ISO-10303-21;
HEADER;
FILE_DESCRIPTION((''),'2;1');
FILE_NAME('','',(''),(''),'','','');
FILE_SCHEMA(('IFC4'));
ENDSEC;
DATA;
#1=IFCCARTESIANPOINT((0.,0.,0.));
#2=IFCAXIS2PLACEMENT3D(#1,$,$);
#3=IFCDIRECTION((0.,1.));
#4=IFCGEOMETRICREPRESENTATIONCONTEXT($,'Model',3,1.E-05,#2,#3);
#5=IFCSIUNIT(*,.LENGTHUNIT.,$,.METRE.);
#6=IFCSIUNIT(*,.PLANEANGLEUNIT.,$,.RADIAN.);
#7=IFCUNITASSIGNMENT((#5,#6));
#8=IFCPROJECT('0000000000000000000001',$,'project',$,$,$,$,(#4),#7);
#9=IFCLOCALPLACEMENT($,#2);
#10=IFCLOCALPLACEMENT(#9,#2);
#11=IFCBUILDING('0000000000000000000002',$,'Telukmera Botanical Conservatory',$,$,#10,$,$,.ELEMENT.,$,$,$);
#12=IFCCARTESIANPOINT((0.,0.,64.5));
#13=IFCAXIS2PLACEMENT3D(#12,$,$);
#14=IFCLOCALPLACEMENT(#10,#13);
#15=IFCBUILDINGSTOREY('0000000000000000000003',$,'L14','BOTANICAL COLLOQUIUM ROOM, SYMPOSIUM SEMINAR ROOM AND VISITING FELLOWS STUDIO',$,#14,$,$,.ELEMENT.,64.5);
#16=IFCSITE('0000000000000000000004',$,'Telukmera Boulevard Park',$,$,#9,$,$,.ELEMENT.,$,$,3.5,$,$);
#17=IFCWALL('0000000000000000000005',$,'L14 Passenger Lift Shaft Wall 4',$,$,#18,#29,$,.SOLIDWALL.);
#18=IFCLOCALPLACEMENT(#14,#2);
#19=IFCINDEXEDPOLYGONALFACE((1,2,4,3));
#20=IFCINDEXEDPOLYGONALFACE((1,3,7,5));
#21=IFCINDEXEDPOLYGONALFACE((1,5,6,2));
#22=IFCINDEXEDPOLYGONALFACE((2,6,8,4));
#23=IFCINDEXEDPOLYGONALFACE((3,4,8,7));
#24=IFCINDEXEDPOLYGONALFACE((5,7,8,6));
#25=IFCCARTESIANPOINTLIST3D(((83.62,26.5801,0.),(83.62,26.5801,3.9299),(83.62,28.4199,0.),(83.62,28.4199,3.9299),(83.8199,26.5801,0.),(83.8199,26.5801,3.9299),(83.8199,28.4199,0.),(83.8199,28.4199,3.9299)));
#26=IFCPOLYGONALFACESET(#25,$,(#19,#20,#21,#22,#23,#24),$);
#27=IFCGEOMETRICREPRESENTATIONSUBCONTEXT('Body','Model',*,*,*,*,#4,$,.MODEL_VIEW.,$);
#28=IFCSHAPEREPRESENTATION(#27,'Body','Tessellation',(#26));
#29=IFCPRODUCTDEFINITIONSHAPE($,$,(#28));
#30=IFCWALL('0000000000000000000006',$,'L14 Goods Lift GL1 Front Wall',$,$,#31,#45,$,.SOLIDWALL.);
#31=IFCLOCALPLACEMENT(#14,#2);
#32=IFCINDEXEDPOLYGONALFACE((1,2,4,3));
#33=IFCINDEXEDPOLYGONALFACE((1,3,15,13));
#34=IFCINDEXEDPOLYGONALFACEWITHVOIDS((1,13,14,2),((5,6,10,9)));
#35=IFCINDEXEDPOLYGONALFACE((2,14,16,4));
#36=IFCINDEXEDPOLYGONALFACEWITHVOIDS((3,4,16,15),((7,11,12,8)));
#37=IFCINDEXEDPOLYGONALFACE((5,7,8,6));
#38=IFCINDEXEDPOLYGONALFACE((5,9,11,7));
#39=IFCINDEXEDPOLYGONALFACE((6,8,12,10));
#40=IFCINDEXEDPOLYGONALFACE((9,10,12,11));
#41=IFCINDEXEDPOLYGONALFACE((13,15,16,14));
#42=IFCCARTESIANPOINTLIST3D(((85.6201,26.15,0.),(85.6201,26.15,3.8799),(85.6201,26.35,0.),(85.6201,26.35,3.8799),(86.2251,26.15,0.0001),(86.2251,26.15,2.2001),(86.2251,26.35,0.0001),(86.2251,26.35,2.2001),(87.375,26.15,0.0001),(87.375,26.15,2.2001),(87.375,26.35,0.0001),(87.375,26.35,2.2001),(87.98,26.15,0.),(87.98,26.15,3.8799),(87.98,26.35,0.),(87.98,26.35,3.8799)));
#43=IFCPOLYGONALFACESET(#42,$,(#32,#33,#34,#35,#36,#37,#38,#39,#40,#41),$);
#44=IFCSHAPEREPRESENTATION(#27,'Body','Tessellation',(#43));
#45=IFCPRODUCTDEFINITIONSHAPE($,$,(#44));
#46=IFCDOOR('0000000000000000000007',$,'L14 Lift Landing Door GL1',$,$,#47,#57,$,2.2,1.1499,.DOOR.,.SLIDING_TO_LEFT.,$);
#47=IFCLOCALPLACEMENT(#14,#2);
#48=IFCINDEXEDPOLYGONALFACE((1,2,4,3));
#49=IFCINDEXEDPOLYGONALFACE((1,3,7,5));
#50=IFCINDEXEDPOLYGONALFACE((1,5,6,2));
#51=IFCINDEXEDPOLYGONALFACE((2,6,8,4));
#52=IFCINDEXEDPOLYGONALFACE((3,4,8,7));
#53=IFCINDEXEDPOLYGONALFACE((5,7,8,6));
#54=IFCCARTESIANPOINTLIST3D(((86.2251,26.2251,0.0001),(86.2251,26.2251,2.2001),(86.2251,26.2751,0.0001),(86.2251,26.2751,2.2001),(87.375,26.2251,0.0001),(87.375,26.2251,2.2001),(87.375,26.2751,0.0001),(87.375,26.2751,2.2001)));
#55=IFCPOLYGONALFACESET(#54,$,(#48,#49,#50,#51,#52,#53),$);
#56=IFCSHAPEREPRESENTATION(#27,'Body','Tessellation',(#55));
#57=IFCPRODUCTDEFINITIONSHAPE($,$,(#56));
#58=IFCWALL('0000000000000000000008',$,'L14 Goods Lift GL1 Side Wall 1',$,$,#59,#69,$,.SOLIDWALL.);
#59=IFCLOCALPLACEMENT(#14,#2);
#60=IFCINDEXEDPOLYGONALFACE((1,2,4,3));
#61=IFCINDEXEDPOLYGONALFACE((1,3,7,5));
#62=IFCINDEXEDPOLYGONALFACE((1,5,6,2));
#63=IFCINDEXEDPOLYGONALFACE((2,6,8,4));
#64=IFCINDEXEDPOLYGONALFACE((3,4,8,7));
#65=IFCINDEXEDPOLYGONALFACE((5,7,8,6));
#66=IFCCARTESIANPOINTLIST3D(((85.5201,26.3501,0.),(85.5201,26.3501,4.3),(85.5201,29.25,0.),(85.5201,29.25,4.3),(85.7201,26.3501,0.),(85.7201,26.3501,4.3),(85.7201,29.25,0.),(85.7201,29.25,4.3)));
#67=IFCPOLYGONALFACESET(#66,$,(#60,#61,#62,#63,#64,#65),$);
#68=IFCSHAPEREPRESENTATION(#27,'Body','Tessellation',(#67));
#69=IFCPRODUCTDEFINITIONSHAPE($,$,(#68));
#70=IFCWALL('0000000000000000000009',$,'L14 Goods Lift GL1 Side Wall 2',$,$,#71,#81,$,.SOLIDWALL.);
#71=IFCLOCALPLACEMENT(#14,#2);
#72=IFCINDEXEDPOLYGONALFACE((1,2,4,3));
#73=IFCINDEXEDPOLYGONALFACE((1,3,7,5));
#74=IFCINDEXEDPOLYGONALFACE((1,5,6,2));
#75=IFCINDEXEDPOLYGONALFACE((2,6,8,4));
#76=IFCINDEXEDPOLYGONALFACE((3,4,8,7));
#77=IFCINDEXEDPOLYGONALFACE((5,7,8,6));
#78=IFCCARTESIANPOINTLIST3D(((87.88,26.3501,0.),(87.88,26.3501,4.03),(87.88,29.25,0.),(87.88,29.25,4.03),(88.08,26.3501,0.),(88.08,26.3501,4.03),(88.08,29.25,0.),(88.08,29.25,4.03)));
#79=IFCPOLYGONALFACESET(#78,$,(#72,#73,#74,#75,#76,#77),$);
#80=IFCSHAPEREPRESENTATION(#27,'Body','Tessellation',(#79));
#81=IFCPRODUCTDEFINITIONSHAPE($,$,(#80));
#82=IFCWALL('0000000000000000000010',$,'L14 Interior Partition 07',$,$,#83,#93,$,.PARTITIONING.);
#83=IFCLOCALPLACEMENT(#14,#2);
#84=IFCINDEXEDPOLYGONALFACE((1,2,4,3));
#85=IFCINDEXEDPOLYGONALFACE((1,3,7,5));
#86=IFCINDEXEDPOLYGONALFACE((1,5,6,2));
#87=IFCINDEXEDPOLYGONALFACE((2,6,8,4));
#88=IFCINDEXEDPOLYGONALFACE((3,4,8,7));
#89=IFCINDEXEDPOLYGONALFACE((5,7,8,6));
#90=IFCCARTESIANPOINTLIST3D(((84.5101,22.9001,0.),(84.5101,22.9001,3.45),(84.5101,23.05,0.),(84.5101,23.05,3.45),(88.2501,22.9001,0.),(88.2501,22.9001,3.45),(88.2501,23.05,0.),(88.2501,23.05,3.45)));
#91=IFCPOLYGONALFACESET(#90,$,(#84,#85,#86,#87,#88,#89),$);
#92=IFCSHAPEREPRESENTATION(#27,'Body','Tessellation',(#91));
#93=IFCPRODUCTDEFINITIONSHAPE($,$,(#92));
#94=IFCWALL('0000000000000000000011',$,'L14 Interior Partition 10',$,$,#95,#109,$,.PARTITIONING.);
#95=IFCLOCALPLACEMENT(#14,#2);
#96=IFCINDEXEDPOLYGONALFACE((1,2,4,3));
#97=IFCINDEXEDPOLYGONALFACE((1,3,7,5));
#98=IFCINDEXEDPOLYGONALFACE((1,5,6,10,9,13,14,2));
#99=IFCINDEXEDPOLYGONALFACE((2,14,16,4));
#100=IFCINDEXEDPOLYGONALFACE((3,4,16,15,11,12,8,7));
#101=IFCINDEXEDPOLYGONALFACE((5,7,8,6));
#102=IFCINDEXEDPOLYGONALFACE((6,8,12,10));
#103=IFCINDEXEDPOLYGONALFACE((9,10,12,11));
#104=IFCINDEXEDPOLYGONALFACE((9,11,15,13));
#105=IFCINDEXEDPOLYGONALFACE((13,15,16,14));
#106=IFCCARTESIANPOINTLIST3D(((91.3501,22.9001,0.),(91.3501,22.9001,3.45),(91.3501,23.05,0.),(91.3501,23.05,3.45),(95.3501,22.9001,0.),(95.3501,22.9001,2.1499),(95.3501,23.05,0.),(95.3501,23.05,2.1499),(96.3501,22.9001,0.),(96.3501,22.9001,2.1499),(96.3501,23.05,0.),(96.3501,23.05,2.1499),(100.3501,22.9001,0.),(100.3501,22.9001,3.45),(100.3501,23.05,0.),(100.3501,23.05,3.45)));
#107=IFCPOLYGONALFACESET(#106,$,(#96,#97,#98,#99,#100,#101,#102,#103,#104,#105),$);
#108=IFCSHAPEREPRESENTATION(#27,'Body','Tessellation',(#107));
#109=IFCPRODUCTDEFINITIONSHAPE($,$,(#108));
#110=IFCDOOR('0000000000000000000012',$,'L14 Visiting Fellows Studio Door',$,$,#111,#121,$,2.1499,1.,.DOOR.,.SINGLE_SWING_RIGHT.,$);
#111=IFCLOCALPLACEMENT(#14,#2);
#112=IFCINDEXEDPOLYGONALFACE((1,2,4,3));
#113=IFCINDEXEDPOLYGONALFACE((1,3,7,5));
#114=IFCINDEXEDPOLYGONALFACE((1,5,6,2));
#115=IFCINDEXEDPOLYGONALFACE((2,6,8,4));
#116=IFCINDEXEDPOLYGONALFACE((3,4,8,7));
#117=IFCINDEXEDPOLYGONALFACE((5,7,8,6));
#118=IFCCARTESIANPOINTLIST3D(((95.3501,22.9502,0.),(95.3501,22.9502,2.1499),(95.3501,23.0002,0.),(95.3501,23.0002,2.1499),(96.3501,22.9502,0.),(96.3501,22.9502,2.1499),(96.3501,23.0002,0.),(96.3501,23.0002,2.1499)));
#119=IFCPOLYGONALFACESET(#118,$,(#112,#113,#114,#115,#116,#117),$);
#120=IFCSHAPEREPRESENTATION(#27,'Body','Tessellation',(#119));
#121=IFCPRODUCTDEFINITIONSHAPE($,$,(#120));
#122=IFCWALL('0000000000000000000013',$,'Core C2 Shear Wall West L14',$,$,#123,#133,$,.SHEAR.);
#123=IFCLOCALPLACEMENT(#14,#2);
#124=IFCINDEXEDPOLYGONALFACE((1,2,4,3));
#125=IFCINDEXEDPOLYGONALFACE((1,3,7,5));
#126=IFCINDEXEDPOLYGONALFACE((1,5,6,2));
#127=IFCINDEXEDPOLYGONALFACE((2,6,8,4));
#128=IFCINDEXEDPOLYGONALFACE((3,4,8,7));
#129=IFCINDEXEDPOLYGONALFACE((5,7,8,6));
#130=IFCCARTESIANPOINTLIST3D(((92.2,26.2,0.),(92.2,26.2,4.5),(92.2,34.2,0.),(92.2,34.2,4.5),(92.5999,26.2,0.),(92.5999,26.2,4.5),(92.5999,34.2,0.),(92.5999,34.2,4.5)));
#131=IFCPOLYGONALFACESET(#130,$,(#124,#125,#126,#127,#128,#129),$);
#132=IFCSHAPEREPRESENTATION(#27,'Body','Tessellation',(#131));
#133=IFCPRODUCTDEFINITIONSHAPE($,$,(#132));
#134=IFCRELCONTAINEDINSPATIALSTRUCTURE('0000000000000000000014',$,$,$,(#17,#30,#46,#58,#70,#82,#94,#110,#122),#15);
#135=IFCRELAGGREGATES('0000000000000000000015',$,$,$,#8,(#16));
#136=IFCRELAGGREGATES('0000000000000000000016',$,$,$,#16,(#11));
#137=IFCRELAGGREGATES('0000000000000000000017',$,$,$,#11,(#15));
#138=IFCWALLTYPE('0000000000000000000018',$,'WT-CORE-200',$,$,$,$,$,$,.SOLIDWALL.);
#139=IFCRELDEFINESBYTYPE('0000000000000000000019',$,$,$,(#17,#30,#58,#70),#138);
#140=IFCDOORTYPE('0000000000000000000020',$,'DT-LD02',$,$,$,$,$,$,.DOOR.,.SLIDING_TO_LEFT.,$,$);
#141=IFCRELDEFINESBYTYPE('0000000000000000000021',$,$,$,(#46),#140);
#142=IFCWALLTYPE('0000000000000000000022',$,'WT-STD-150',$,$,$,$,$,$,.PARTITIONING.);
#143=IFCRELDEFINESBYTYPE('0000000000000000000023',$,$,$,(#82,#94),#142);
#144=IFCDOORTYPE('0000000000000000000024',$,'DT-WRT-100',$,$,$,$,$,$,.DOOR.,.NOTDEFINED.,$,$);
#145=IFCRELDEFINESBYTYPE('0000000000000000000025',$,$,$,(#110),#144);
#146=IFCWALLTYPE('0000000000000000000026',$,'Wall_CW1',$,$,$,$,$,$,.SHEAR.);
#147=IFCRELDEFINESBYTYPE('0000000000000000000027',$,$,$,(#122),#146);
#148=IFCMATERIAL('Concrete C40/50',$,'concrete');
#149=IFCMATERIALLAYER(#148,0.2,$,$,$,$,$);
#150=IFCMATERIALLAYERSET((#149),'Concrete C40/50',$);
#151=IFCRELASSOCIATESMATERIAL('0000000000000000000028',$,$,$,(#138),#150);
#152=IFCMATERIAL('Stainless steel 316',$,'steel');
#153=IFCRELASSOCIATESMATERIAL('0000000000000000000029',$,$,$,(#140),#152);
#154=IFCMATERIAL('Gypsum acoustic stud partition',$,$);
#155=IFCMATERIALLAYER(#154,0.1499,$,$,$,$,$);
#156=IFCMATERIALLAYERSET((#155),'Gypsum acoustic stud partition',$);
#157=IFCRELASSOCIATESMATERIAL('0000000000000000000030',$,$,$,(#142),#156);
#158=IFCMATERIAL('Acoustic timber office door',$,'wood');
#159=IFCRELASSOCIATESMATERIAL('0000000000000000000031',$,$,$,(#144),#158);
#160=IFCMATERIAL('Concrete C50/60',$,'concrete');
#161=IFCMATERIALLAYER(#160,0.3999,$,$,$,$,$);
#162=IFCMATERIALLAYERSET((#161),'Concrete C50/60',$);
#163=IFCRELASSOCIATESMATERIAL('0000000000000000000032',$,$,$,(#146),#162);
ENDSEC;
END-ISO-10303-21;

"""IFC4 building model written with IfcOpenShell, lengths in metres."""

from ifc_helpers import new_model, si_unit, direction, frame, frame_2d, origin, place, context, subcontext, project, spatial, rectangle, extrude, material, layer, layer_set, type_object, element, fill, save


model = new_model("IFC4")

# Units and contexts
model_context = context("Model", 3, precision=1e-05, world=origin(), true_north=direction((0.0, 1.0)))
body_context = subcontext(model_context, "Body", "Model", "MODEL_VIEW")
ifc_project = project(units=[si_unit("LENGTHUNIT", "METRE"), si_unit("PLANEANGLEUNIT", "RADIAN")], contexts=[model_context])

# Site, building, storey
site_placement = place(None, origin())
site = spatial("IfcSite", under=ifc_project, at=site_placement, Name="Telukmera Boulevard Park", CompositionType="ELEMENT", RefElevation=3.5)
building_placement = place(site_placement, origin())
building = spatial("IfcBuilding", under=site, at=building_placement, Name="Telukmera Botanical Conservatory", CompositionType="ELEMENT")
storey_placement = place(building_placement, frame((0.0, 0.0, 64.5)))
storey = spatial("IfcBuildingStorey", under=building, at=storey_placement, Name="L14", Description="BOTANICAL COLLOQUIUM ROOM, SYMPOSIUM SEMINAR ROOM AND VISITING FELLOWS STUDIO", CompositionType="ELEMENT", Elevation=64.5)

# Shared definitions
ifc_material_1 = material(Name="Concrete C40/50", Category="concrete")
ifc_material_2 = material(Name="Concrete C50/60", Category="concrete")

# Shared definitions
ifc_layer_1 = layer(ifc_material_1, 0.2)
ifc_layer_set_1 = layer_set([ifc_layer_1], Name="Concrete C40/50")
wall_type_1 = type_object("IfcWallType", Name="WT-CORE-200", PredefinedType="SOLIDWALL", material=ifc_layer_set_1)

# Wall
wall_1_placement = place(storey_placement, frame((83.72, 26.5801, 0.0), z_axis=(0.0, 0.0, 1.0), x_axis=(0.0, 1.0, 0.0)))
element("IfcWall", 1, at=wall_1_placement, inside=storey, type_object=wall_type_1, Name="L14 Passenger Lift Shaft Wall 4", PredefinedType="SOLIDWALL", context=body_context, shape_type="SweptSolid", body=[
    extrude(rectangle(XDim=1.8398, YDim=0.2, at=frame_2d((0.9199, 0.0))), origin(), (0.0, 0.0, 1.0), 3.9299),
])

# Wall, opening, door
wall_2_placement = place(storey_placement, frame((85.6201, 26.25, 0.0), z_axis=(0.0, 0.0, 1.0), x_axis=(1.0, 0.0, 0.0)))
wall_2 = element("IfcWall", 2, at=wall_2_placement, inside=storey, type_object=wall_type_1, Name="L14 Goods Lift GL1 Front Wall", PredefinedType="SOLIDWALL", context=body_context, shape_type="SweptSolid", body=[
    extrude(rectangle(XDim=2.3599, YDim=0.2, at=frame_2d((1.1799, 0.0))), origin(), (0.0, 0.0, 1.0), 3.8799),
])
opening_1_placement = place(wall_2_placement, frame((0.605, 0.0, 0.0)))
opening_1 = element("IfcOpeningElement", 3, at=opening_1_placement, cuts=wall_2, PredefinedType="OPENING", context=body_context, shape_type="SweptSolid", body=[
    extrude(rectangle(XDim=1.1499, YDim=2.2, at=frame_2d((0.575, 1.1001))), frame((0.0, 0.1099, 0.0), z_axis=(0.0, -1.0, 0.0), x_axis=(1.0, 0.0, 0.0)), (0.0, 0.0, 1.0), 0.22),
])
ifc_material_3 = material(Name="Stainless steel 316", Category="steel")
door_type_1 = type_object("IfcDoorType", Name="DT-LD02", OperationType="SLIDING_TO_LEFT", PredefinedType="DOOR", material=ifc_material_3)
door_1_placement = place(opening_1_placement, frame((1.1499, 0.0, 0.0), z_axis=(0.0, 0.0, 1.0), x_axis=(-1.0, 0.0, 0.0)))
door_1 = element("IfcDoor", 4, at=door_1_placement, inside=storey, type_object=door_type_1, Name="L14 Lift Landing Door GL1", OperationType="SLIDING_TO_LEFT", OverallHeight=2.2, OverallWidth=1.1499, PredefinedType="DOOR", context=body_context, shape_type="SweptSolid", body=[
    extrude(rectangle(XDim=1.1499, YDim=2.2, at=frame_2d((0.575, 1.1001))), frame((0.0, 0.0249, 0.0), z_axis=(0.0, -1.0, 0.0), x_axis=(1.0, 0.0, 0.0)), (0.0, 0.0, 1.0), 0.05),
])
fill(opening_1, door_1)

# Walls
wall_3_placement = place(storey_placement, frame((85.6201, 26.3501, 0.0), z_axis=(0.0, 0.0, 1.0), x_axis=(0.0, 1.0, 0.0)))
element("IfcWall", 5, at=wall_3_placement, inside=storey, type_object=wall_type_1, Name="L14 Goods Lift GL1 Side Wall 1", PredefinedType="SOLIDWALL", context=body_context, shape_type="SweptSolid", body=[
    extrude(rectangle(XDim=2.8999, YDim=0.2, at=frame_2d((1.45, 0.0))), origin(), (0.0, 0.0, 1.0), 4.3),
])
wall_4_placement = place(storey_placement, frame((87.98, 26.3501, 0.0), z_axis=(0.0, 0.0, 1.0), x_axis=(0.0, 1.0, 0.0)))
element("IfcWall", 6, at=wall_4_placement, inside=storey, type_object=wall_type_1, Name="L14 Goods Lift GL1 Side Wall 2", PredefinedType="SOLIDWALL", context=body_context, shape_type="SweptSolid", body=[
    extrude(rectangle(XDim=2.8999, YDim=0.2, at=frame_2d((1.45, 0.0))), origin(), (0.0, 0.0, 1.0), 4.03),
])
ifc_material_4 = material(Name="Gypsum acoustic stud partition")
ifc_layer_2 = layer(ifc_material_4, 0.1499)
ifc_layer_set_2 = layer_set([ifc_layer_2], Name="Gypsum acoustic stud partition")
wall_type_2 = type_object("IfcWallType", Name="WT-STD-150", PredefinedType="PARTITIONING", material=ifc_layer_set_2)
wall_5_placement = place(storey_placement, frame((84.51, 22.9751, 0.0), z_axis=(0.0, 0.0, 1.0), x_axis=(1.0, 0.0, 0.0)))
element("IfcWall", 7, at=wall_5_placement, inside=storey, type_object=wall_type_2, Name="L14 Interior Partition 07", PredefinedType="PARTITIONING", context=body_context, shape_type="SweptSolid", body=[
    extrude(rectangle(XDim=3.74, YDim=0.1499, at=frame_2d((1.8701, 0.0))), origin(), (0.0, 0.0, 1.0), 3.45),
])

# Wall, opening, door
wall_6_placement = place(storey_placement, frame((91.3501, 22.9751, 0.0), z_axis=(0.0, 0.0, 1.0), x_axis=(1.0, 0.0, 0.0)))
wall_6 = element("IfcWall", 8, at=wall_6_placement, inside=storey, type_object=wall_type_2, Name="L14 Interior Partition 10", PredefinedType="PARTITIONING", context=body_context, shape_type="SweptSolid", body=[
    extrude(rectangle(XDim=9.0, YDim=0.1499, at=frame_2d((4.5, 0.0))), origin(), (0.0, 0.0, 1.0), 3.45),
])
opening_2_placement = place(wall_6_placement, frame((4.0, 0.0, 0.0)))
opening_2 = element("IfcOpeningElement", 9, at=opening_2_placement, cuts=wall_6, PredefinedType="OPENING", context=body_context, shape_type="SweptSolid", body=[
    extrude(rectangle(XDim=1.0, YDim=2.1499, at=frame_2d((0.5, 1.075))), frame((0.0, 0.085, 0.0), z_axis=(0.0, -1.0, 0.0), x_axis=(1.0, 0.0, 0.0)), (0.0, 0.0, 1.0), 0.1699),
])
ifc_material_5 = material(Name="Acoustic timber office door", Category="wood")
door_type_2 = type_object("IfcDoorType", Name="DT-WRT-100", OperationType="NOTDEFINED", PredefinedType="DOOR", material=ifc_material_5)
door_2_placement = place(opening_2_placement, frame((1.0, 0.0, 0.0), z_axis=(0.0, 0.0, 1.0), x_axis=(-1.0, 0.0, 0.0)))
door_2 = element("IfcDoor", 10, at=door_2_placement, inside=storey, type_object=door_type_2, Name="L14 Visiting Fellows Studio Door", OperationType="SINGLE_SWING_RIGHT", OverallHeight=2.1499, OverallWidth=1.0, PredefinedType="DOOR", context=body_context, shape_type="SweptSolid", body=[
    extrude(rectangle(XDim=1.0, YDim=2.1499, at=frame_2d((0.5, 1.075))), frame((0.0, 0.0249, 0.0), z_axis=(0.0, -1.0, 0.0), x_axis=(1.0, 0.0, 0.0)), (0.0, 0.0, 1.0), 0.05),
])
fill(opening_2, door_2)

# Wall
ifc_layer_3 = layer(ifc_material_2, 0.3999)
ifc_layer_set_3 = layer_set([ifc_layer_3], Name="Concrete C50/60")
wall_type_3 = type_object("IfcWallType", Name="Wall_CW1", PredefinedType="SHEAR", material=ifc_layer_set_3)
wall_7_placement = place(storey_placement, frame((92.3999, 26.2, 0.0), z_axis=(0.0, 0.0, 1.0), x_axis=(0.0, 1.0, 0.0)))
element("IfcWall", 11, at=wall_7_placement, inside=storey, type_object=wall_type_3, Name="Core C2 Shear Wall West L14", PredefinedType="SHEAR", context=body_context, shape_type="SweptSolid", body=[
    extrude(rectangle(XDim=8.0, YDim=0.3999, at=frame_2d((4.0, 0.0))), origin(), (0.0, 0.0, 1.0), 4.5),
])

save(model, "model.ifc")
